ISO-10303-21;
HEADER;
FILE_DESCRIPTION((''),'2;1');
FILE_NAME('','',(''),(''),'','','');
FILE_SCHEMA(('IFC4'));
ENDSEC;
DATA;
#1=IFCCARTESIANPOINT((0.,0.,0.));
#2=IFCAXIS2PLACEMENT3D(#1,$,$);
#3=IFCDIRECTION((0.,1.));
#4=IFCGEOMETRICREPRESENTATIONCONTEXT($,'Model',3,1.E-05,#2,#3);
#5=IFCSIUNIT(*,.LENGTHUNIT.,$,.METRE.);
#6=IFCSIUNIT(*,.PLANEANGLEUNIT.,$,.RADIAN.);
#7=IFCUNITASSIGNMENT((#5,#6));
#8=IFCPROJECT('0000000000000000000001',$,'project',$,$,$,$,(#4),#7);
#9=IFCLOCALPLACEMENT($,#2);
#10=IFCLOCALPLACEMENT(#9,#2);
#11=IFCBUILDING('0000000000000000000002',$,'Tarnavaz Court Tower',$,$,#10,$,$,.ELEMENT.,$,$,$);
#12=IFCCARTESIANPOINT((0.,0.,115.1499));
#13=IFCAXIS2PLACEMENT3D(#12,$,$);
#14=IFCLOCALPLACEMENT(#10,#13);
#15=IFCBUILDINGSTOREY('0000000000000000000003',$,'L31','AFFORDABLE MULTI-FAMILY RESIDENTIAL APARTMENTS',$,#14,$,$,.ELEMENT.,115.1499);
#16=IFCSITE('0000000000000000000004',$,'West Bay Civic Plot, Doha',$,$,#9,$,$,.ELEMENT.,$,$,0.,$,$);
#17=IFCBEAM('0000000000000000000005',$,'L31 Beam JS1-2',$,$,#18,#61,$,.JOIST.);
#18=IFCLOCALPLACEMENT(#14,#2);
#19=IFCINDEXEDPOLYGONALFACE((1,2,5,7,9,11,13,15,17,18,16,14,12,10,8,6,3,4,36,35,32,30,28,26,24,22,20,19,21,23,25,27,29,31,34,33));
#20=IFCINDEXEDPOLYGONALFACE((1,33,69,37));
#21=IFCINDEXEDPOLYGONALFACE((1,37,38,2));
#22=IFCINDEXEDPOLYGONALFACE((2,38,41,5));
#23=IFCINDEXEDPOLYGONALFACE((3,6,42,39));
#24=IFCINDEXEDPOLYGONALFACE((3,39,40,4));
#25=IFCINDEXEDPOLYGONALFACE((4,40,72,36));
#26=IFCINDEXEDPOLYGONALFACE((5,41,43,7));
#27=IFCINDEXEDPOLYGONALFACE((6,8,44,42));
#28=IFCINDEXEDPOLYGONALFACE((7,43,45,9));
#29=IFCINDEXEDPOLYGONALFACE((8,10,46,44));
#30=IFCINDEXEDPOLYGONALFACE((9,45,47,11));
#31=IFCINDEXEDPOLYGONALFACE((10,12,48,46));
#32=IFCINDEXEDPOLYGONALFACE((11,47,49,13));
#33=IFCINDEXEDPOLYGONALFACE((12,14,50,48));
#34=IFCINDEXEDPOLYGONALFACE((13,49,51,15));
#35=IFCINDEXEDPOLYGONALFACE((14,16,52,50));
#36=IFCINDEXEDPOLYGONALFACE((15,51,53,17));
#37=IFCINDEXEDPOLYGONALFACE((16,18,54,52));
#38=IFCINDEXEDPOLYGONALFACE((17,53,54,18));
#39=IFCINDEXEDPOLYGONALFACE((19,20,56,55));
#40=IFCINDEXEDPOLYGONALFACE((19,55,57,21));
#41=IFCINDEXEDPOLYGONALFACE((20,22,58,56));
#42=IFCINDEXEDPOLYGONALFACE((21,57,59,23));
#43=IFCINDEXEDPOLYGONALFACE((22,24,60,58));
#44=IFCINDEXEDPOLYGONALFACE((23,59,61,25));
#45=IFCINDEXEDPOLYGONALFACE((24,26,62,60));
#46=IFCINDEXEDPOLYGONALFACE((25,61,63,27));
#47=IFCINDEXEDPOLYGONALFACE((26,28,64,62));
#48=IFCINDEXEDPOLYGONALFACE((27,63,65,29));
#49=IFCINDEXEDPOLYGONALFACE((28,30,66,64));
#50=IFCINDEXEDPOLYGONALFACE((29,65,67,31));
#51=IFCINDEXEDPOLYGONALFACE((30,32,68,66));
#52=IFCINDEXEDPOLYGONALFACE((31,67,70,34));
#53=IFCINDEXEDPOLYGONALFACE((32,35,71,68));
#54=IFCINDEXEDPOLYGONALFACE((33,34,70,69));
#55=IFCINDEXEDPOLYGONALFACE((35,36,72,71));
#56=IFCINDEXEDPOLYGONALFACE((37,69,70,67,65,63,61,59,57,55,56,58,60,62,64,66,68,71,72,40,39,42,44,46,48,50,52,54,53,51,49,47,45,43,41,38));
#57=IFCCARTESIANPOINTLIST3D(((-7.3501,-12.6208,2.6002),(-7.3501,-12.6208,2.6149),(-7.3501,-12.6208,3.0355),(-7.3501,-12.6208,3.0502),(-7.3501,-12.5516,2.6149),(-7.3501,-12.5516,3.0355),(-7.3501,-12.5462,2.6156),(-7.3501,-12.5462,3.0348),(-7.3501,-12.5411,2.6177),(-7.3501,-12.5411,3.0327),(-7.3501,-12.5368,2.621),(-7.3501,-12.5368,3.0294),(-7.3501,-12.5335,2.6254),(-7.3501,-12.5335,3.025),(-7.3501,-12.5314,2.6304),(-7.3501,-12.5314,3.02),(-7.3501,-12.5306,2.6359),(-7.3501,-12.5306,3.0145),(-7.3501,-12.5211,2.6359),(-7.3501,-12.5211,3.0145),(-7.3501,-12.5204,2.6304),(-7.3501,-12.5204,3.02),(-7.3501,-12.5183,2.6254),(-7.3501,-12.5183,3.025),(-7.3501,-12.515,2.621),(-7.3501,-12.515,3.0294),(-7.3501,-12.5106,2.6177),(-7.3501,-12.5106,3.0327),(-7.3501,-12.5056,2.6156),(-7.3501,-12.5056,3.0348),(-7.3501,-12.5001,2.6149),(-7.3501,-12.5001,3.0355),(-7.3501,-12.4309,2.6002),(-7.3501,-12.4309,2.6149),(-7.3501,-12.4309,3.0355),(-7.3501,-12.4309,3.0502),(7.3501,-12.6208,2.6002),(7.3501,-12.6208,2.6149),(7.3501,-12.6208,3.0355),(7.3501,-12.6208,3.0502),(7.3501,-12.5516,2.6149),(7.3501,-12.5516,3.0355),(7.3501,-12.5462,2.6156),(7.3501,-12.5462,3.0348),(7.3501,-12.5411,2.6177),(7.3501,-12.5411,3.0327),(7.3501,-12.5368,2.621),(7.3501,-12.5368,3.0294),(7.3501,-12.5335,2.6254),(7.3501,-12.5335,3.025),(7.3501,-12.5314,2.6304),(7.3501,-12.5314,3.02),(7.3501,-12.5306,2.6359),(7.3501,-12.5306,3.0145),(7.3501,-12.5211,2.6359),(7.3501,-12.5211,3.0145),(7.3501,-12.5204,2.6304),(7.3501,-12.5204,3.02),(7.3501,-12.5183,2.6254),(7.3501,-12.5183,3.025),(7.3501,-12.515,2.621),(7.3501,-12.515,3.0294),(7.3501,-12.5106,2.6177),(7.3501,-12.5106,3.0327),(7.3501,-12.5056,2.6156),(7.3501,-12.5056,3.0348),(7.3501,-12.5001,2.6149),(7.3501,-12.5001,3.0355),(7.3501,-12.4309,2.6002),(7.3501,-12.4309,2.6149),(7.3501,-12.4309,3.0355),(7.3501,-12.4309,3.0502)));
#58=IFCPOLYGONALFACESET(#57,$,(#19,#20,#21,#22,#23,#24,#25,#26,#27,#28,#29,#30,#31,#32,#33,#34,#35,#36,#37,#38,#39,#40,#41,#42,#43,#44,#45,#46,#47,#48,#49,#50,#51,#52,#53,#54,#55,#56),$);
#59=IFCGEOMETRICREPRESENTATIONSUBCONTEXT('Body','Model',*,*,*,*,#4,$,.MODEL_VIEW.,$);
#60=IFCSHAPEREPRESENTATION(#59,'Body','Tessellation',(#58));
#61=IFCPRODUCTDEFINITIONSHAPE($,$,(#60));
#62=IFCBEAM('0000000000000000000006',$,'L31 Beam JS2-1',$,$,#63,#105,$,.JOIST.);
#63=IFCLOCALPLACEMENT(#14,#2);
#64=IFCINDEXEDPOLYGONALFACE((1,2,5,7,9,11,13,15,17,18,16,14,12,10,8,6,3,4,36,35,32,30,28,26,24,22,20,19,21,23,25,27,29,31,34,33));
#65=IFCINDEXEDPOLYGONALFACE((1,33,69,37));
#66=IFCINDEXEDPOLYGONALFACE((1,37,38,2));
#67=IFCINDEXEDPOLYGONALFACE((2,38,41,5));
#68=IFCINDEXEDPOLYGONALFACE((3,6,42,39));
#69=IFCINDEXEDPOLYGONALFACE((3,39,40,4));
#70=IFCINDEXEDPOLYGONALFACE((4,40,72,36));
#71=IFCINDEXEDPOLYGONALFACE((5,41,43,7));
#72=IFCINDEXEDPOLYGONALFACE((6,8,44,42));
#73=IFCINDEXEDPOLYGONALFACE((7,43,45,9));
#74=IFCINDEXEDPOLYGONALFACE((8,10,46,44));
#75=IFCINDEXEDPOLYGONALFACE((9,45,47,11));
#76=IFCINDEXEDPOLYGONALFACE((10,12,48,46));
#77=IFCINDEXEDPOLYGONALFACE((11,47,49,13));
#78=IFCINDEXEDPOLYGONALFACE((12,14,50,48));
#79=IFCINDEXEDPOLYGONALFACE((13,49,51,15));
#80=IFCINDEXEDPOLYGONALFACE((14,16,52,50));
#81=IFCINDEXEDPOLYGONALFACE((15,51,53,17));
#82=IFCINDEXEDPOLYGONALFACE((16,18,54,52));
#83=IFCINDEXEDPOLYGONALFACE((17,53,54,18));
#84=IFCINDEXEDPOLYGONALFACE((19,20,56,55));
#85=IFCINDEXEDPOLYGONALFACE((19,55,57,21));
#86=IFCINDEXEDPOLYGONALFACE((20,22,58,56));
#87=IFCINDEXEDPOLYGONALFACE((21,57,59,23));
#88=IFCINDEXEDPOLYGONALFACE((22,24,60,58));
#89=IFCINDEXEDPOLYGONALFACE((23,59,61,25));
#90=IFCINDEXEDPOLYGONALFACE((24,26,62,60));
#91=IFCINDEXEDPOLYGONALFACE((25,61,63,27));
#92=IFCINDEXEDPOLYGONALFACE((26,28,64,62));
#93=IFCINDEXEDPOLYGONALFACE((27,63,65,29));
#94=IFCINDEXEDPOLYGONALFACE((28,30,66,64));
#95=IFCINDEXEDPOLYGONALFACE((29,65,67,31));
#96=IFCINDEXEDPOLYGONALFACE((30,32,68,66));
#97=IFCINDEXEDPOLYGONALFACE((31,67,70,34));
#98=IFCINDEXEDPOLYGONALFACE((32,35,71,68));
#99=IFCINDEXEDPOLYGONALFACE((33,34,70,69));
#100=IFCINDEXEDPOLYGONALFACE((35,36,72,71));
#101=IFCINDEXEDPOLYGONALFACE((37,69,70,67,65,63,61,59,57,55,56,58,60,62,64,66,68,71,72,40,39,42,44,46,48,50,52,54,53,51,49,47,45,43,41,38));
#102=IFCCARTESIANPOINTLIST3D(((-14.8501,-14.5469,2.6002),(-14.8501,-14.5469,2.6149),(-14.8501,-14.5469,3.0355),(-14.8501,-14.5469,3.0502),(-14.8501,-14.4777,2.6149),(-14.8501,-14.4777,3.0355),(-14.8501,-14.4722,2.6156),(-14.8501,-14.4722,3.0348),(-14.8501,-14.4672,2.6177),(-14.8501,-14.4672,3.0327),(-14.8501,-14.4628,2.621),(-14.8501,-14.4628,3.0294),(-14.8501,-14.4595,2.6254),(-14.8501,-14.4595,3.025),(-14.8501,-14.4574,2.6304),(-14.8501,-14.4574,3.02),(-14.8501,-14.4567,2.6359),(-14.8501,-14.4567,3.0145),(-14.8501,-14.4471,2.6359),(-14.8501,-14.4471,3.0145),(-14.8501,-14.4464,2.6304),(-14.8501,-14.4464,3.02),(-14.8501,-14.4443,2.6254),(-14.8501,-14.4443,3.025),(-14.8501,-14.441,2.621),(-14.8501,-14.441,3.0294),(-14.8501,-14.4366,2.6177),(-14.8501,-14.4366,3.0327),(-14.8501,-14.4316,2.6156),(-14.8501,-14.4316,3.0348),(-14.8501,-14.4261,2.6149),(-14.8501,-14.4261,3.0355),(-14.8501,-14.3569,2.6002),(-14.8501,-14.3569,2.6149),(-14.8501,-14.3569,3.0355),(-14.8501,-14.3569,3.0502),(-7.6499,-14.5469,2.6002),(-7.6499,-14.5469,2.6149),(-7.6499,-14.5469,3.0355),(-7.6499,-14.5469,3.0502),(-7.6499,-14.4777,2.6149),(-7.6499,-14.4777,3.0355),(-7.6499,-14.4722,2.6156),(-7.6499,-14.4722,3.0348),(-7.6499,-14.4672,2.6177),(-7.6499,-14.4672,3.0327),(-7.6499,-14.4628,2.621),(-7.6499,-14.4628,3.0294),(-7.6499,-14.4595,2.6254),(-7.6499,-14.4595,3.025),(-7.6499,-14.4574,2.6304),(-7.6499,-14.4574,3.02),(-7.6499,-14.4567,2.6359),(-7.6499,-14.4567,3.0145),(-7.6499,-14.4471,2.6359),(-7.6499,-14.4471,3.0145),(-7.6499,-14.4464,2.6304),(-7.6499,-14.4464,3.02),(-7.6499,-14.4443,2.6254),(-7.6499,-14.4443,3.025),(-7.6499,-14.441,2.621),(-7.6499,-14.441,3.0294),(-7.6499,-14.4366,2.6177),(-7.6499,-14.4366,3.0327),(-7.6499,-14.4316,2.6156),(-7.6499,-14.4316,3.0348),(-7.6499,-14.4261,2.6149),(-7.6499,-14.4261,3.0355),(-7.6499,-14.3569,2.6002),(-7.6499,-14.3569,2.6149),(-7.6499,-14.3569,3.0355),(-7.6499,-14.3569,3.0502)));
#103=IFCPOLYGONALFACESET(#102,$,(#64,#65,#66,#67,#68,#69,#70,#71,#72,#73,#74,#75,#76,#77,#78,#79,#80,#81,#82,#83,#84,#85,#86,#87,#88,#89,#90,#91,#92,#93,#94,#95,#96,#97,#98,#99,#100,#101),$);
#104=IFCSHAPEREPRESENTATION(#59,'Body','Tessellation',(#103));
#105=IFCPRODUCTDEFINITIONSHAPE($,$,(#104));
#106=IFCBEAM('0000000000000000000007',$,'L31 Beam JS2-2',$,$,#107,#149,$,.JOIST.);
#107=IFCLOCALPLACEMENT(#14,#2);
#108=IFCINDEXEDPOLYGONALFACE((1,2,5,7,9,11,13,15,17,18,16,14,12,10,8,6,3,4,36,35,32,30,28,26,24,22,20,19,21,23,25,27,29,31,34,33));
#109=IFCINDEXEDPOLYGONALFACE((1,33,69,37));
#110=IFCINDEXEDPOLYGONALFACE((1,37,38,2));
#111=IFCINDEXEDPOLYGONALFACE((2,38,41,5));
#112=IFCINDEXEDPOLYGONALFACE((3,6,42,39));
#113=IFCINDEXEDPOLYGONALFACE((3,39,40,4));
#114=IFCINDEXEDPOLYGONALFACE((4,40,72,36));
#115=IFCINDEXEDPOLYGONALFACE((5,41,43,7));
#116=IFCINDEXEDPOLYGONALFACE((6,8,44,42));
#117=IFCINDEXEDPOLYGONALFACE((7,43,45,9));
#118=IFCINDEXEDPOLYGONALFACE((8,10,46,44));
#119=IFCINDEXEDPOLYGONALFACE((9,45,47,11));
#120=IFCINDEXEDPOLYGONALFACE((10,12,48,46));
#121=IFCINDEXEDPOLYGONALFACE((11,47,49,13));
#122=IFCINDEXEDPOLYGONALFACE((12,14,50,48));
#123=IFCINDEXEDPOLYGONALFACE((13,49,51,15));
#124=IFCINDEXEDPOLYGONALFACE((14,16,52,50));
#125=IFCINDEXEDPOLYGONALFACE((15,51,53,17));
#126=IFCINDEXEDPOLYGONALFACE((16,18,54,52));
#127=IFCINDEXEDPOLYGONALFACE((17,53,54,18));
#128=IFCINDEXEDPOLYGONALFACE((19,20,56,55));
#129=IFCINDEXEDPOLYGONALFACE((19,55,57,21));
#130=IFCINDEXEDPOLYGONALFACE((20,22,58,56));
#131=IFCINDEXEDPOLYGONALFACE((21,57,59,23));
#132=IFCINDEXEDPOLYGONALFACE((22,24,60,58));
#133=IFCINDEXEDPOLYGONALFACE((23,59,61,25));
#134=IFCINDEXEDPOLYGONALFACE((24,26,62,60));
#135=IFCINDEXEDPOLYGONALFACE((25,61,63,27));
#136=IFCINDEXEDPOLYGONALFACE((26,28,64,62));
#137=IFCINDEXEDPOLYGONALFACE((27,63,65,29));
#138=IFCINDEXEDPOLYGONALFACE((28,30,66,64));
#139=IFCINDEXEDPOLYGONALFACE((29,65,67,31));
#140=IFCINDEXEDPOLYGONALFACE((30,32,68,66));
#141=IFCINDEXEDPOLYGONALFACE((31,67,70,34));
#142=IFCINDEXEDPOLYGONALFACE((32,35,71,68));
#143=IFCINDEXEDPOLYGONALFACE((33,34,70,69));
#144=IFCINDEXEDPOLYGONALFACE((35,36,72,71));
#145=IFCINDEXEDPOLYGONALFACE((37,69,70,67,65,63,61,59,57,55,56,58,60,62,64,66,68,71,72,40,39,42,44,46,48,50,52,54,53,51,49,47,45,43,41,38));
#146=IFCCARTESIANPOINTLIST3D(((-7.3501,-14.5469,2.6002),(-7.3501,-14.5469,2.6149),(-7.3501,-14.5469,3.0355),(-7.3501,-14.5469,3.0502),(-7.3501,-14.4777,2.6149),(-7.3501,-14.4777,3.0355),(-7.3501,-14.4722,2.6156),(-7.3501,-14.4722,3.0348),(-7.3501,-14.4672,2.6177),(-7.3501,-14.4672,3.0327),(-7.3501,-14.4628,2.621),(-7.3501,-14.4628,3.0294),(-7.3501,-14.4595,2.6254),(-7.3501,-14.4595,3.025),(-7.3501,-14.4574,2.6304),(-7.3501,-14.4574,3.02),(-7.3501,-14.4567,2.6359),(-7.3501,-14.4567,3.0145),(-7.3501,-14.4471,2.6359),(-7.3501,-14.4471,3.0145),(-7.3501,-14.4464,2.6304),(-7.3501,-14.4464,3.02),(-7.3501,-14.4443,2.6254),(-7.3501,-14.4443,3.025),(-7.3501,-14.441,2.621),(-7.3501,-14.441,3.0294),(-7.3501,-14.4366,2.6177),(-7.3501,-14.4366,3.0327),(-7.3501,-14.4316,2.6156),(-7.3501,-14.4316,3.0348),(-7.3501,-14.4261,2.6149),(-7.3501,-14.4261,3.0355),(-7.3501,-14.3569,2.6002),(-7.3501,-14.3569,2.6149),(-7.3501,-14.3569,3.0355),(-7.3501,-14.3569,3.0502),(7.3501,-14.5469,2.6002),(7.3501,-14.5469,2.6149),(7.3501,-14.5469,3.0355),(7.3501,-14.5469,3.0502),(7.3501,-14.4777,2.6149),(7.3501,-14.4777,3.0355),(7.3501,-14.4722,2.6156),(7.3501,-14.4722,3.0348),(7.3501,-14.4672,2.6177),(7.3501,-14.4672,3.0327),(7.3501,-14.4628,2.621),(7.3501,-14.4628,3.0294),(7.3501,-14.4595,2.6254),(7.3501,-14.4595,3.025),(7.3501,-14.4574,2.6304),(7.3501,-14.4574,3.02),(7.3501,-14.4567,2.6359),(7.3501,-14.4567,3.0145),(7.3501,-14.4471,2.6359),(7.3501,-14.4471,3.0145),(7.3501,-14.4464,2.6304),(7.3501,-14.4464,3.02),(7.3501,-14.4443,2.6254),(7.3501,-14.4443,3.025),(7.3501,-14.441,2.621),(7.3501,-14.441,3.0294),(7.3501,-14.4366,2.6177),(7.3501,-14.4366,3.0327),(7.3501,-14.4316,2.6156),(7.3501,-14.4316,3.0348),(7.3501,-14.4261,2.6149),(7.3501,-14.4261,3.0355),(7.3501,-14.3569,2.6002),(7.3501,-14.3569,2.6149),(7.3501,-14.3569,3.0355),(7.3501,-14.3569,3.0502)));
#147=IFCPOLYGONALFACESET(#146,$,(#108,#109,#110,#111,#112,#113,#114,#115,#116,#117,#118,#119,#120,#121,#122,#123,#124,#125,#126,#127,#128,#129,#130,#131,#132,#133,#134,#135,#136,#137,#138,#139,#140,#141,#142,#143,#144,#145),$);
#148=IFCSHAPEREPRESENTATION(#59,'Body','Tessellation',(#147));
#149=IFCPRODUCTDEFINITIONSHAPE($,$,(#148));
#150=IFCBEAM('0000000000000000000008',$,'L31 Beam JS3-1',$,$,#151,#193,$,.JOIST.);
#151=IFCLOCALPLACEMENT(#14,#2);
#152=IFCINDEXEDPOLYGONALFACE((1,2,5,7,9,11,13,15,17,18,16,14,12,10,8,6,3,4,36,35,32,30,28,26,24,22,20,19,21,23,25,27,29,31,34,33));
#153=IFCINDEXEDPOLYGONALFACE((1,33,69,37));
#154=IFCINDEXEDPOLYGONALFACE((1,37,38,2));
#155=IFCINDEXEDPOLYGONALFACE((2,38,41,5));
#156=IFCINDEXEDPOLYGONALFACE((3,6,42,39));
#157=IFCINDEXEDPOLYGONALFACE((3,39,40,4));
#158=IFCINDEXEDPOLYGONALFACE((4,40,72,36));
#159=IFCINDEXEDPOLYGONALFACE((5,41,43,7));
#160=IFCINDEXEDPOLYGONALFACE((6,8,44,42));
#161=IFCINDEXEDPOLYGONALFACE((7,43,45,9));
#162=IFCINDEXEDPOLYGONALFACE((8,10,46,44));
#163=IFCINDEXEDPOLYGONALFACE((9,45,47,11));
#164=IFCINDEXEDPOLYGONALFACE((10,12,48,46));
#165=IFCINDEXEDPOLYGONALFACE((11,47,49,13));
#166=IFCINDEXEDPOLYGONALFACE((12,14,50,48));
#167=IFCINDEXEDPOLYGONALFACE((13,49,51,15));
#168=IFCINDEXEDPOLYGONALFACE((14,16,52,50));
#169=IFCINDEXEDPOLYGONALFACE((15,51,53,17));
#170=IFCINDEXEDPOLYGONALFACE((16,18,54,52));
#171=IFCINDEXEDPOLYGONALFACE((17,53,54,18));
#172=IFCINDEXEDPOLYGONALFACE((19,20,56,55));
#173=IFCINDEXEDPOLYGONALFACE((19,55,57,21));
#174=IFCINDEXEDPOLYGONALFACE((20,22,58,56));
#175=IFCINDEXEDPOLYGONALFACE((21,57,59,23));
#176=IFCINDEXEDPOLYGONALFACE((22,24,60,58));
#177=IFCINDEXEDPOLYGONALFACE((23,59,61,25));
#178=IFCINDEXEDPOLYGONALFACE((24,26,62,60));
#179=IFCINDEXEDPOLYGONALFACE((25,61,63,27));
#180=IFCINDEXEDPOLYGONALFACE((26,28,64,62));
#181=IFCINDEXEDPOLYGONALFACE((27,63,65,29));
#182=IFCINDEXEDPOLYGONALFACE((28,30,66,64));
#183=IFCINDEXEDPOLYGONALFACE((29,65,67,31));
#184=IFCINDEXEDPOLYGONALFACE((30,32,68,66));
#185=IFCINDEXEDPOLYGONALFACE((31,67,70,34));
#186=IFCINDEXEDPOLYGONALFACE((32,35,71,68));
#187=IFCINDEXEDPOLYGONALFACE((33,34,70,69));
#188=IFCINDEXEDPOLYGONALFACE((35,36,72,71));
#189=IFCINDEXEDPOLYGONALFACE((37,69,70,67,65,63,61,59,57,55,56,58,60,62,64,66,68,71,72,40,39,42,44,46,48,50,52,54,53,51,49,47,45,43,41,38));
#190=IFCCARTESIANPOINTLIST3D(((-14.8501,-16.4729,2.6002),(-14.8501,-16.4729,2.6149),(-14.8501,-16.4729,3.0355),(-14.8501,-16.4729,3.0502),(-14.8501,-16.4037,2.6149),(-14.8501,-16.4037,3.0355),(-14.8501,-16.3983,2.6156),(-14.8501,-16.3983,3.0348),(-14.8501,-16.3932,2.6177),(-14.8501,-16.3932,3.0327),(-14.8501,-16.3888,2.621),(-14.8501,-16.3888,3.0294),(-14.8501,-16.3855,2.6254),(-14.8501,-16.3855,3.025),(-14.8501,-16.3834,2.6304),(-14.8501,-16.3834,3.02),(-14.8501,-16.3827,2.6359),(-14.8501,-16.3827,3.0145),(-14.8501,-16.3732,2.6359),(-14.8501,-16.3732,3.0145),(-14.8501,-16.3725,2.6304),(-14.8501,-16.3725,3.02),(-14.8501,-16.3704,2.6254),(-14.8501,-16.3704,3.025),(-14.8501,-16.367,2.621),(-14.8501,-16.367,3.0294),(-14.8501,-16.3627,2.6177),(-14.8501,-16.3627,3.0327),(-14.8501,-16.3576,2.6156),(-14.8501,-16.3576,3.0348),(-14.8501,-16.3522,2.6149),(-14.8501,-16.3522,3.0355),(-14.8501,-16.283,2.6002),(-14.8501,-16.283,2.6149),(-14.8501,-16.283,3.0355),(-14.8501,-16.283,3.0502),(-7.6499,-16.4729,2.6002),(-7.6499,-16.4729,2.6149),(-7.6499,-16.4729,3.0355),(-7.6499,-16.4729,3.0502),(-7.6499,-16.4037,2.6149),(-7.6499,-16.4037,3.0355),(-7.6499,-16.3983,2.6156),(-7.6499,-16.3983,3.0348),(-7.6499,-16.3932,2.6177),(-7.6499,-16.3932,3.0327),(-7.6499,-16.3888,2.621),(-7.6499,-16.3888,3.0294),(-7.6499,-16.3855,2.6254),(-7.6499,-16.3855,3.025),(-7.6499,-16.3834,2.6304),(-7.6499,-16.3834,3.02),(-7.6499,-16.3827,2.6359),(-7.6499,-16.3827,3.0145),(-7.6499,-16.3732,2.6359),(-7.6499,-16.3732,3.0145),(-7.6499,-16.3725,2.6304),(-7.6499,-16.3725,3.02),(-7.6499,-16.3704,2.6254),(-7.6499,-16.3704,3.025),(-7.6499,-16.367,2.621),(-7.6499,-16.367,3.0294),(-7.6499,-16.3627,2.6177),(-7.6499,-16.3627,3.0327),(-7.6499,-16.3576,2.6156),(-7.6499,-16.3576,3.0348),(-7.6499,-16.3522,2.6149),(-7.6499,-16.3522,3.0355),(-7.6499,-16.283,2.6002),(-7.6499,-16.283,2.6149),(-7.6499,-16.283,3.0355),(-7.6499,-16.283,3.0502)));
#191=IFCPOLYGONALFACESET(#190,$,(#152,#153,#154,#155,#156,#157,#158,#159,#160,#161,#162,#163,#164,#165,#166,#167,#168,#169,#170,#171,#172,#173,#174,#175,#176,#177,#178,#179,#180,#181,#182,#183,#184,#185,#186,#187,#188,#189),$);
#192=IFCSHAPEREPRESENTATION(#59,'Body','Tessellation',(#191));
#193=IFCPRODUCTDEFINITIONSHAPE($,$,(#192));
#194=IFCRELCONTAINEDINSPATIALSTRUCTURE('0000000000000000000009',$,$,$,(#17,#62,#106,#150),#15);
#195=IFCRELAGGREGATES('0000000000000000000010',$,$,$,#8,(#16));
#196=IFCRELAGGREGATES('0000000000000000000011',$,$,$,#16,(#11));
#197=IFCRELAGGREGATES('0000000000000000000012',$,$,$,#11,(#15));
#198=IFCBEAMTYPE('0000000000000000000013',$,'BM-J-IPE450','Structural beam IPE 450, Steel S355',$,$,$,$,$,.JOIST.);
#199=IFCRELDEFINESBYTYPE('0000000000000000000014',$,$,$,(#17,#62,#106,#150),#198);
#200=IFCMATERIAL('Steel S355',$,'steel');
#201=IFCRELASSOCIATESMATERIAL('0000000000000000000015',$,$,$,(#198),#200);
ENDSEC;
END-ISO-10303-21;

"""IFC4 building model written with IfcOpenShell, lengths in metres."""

from ifc_helpers import new_model, si_unit, direction, frame, origin, origin_2d, place, context, subcontext, project, spatial, i_section, extrude, material, material_profile, profile_set, type_object, element, save


model = new_model("IFC4")

# Units and contexts
model_context = context("Model", 3, precision=1e-05, world=origin(), true_north=direction((0.0, 1.0)))
body_context = subcontext(model_context, "Body", "Model", "MODEL_VIEW")
ifc_project = project(units=[si_unit("LENGTHUNIT", "METRE"), si_unit("PLANEANGLEUNIT", "RADIAN")], contexts=[model_context])

# Site, building, storey
site_placement = place(None, origin())
site = spatial("IfcSite", under=ifc_project, at=site_placement, Name="West Bay Civic Plot, Doha", CompositionType="ELEMENT", RefElevation=0.0)
building_placement = place(site_placement, origin())
building = spatial("IfcBuilding", under=site, at=building_placement, Name="Tarnavaz Court Tower", CompositionType="ELEMENT")
storey_placement = place(building_placement, frame((0.0, 0.0, 115.1499)))
storey = spatial("IfcBuildingStorey", under=building, at=storey_placement, Name="L31", Description="AFFORDABLE MULTI-FAMILY RESIDENTIAL APARTMENTS", CompositionType="ELEMENT", Elevation=115.1499)

# Beams
ifc_material_1 = material(Name="Steel S355", Category="steel")
ifc_material_profile_1 = material_profile(ifc_material_1, i_section(OverallWidth=0.1899, OverallDepth=0.45, WebThickness=0.0095, FlangeThickness=0.0146, FilletRadius=0.021, at=origin_2d()), Name="IPE 450")
ifc_profile_set_1 = profile_set([ifc_material_profile_1], Name="Steel S355")
beam_type_1 = type_object("IfcBeamType", Name="BM-J-IPE450", Description="Structural beam IPE 450, Steel S355", PredefinedType="JOIST", material=ifc_profile_set_1)
beam_1_placement = place(storey_placement, frame((-7.3501, -12.5259, 2.8252), z_axis=(1.0, 0.0, 0.0), x_axis=(0.0, 1.0, 0.0)))
element("IfcBeam", 1, at=beam_1_placement, inside=storey, type_object=beam_type_1, Name="L31 Beam JS1-2", PredefinedType="JOIST", context=body_context, shape_type="SweptSolid", body=[
    extrude(i_section(OverallWidth=0.1899, OverallDepth=0.45, WebThickness=0.0095, FlangeThickness=0.0146, FilletRadius=0.021, at=origin_2d()), origin(), (0.0, 0.0, 1.0), 14.7002),
])
beam_2_placement = place(storey_placement, frame((-14.8501, -14.4519, 2.8252), z_axis=(1.0, 0.0, 0.0), x_axis=(0.0, 1.0, 0.0)))
element("IfcBeam", 2, at=beam_2_placement, inside=storey, type_object=beam_type_1, Name="L31 Beam JS2-1", PredefinedType="JOIST", context=body_context, shape_type="SweptSolid", body=[
    extrude(i_section(OverallWidth=0.1899, OverallDepth=0.45, WebThickness=0.0095, FlangeThickness=0.0146, FilletRadius=0.021, at=origin_2d()), origin(), (0.0, 0.0, 1.0), 7.2002),
])
beam_3_placement = place(storey_placement, frame((-7.3501, -14.4519, 2.8252), z_axis=(1.0, 0.0, 0.0), x_axis=(0.0, 1.0, 0.0)))
element("IfcBeam", 3, at=beam_3_placement, inside=storey, type_object=beam_type_1, Name="L31 Beam JS2-2", PredefinedType="JOIST", context=body_context, shape_type="SweptSolid", body=[
    extrude(i_section(OverallWidth=0.1899, OverallDepth=0.45, WebThickness=0.0095, FlangeThickness=0.0146, FilletRadius=0.021, at=origin_2d()), origin(), (0.0, 0.0, 1.0), 14.7002),
])
beam_4_placement = place(storey_placement, frame((-14.8501, -16.3779, 2.8252), z_axis=(1.0, 0.0, 0.0), x_axis=(0.0, 1.0, 0.0)))
element("IfcBeam", 4, at=beam_4_placement, inside=storey, type_object=beam_type_1, Name="L31 Beam JS3-1", PredefinedType="JOIST", context=body_context, shape_type="SweptSolid", body=[
    extrude(i_section(OverallWidth=0.1899, OverallDepth=0.45, WebThickness=0.0095, FlangeThickness=0.0146, FilletRadius=0.021, at=origin_2d()), origin(), (0.0, 0.0, 1.0), 7.2002),
])

save(model, "model.ifc")
